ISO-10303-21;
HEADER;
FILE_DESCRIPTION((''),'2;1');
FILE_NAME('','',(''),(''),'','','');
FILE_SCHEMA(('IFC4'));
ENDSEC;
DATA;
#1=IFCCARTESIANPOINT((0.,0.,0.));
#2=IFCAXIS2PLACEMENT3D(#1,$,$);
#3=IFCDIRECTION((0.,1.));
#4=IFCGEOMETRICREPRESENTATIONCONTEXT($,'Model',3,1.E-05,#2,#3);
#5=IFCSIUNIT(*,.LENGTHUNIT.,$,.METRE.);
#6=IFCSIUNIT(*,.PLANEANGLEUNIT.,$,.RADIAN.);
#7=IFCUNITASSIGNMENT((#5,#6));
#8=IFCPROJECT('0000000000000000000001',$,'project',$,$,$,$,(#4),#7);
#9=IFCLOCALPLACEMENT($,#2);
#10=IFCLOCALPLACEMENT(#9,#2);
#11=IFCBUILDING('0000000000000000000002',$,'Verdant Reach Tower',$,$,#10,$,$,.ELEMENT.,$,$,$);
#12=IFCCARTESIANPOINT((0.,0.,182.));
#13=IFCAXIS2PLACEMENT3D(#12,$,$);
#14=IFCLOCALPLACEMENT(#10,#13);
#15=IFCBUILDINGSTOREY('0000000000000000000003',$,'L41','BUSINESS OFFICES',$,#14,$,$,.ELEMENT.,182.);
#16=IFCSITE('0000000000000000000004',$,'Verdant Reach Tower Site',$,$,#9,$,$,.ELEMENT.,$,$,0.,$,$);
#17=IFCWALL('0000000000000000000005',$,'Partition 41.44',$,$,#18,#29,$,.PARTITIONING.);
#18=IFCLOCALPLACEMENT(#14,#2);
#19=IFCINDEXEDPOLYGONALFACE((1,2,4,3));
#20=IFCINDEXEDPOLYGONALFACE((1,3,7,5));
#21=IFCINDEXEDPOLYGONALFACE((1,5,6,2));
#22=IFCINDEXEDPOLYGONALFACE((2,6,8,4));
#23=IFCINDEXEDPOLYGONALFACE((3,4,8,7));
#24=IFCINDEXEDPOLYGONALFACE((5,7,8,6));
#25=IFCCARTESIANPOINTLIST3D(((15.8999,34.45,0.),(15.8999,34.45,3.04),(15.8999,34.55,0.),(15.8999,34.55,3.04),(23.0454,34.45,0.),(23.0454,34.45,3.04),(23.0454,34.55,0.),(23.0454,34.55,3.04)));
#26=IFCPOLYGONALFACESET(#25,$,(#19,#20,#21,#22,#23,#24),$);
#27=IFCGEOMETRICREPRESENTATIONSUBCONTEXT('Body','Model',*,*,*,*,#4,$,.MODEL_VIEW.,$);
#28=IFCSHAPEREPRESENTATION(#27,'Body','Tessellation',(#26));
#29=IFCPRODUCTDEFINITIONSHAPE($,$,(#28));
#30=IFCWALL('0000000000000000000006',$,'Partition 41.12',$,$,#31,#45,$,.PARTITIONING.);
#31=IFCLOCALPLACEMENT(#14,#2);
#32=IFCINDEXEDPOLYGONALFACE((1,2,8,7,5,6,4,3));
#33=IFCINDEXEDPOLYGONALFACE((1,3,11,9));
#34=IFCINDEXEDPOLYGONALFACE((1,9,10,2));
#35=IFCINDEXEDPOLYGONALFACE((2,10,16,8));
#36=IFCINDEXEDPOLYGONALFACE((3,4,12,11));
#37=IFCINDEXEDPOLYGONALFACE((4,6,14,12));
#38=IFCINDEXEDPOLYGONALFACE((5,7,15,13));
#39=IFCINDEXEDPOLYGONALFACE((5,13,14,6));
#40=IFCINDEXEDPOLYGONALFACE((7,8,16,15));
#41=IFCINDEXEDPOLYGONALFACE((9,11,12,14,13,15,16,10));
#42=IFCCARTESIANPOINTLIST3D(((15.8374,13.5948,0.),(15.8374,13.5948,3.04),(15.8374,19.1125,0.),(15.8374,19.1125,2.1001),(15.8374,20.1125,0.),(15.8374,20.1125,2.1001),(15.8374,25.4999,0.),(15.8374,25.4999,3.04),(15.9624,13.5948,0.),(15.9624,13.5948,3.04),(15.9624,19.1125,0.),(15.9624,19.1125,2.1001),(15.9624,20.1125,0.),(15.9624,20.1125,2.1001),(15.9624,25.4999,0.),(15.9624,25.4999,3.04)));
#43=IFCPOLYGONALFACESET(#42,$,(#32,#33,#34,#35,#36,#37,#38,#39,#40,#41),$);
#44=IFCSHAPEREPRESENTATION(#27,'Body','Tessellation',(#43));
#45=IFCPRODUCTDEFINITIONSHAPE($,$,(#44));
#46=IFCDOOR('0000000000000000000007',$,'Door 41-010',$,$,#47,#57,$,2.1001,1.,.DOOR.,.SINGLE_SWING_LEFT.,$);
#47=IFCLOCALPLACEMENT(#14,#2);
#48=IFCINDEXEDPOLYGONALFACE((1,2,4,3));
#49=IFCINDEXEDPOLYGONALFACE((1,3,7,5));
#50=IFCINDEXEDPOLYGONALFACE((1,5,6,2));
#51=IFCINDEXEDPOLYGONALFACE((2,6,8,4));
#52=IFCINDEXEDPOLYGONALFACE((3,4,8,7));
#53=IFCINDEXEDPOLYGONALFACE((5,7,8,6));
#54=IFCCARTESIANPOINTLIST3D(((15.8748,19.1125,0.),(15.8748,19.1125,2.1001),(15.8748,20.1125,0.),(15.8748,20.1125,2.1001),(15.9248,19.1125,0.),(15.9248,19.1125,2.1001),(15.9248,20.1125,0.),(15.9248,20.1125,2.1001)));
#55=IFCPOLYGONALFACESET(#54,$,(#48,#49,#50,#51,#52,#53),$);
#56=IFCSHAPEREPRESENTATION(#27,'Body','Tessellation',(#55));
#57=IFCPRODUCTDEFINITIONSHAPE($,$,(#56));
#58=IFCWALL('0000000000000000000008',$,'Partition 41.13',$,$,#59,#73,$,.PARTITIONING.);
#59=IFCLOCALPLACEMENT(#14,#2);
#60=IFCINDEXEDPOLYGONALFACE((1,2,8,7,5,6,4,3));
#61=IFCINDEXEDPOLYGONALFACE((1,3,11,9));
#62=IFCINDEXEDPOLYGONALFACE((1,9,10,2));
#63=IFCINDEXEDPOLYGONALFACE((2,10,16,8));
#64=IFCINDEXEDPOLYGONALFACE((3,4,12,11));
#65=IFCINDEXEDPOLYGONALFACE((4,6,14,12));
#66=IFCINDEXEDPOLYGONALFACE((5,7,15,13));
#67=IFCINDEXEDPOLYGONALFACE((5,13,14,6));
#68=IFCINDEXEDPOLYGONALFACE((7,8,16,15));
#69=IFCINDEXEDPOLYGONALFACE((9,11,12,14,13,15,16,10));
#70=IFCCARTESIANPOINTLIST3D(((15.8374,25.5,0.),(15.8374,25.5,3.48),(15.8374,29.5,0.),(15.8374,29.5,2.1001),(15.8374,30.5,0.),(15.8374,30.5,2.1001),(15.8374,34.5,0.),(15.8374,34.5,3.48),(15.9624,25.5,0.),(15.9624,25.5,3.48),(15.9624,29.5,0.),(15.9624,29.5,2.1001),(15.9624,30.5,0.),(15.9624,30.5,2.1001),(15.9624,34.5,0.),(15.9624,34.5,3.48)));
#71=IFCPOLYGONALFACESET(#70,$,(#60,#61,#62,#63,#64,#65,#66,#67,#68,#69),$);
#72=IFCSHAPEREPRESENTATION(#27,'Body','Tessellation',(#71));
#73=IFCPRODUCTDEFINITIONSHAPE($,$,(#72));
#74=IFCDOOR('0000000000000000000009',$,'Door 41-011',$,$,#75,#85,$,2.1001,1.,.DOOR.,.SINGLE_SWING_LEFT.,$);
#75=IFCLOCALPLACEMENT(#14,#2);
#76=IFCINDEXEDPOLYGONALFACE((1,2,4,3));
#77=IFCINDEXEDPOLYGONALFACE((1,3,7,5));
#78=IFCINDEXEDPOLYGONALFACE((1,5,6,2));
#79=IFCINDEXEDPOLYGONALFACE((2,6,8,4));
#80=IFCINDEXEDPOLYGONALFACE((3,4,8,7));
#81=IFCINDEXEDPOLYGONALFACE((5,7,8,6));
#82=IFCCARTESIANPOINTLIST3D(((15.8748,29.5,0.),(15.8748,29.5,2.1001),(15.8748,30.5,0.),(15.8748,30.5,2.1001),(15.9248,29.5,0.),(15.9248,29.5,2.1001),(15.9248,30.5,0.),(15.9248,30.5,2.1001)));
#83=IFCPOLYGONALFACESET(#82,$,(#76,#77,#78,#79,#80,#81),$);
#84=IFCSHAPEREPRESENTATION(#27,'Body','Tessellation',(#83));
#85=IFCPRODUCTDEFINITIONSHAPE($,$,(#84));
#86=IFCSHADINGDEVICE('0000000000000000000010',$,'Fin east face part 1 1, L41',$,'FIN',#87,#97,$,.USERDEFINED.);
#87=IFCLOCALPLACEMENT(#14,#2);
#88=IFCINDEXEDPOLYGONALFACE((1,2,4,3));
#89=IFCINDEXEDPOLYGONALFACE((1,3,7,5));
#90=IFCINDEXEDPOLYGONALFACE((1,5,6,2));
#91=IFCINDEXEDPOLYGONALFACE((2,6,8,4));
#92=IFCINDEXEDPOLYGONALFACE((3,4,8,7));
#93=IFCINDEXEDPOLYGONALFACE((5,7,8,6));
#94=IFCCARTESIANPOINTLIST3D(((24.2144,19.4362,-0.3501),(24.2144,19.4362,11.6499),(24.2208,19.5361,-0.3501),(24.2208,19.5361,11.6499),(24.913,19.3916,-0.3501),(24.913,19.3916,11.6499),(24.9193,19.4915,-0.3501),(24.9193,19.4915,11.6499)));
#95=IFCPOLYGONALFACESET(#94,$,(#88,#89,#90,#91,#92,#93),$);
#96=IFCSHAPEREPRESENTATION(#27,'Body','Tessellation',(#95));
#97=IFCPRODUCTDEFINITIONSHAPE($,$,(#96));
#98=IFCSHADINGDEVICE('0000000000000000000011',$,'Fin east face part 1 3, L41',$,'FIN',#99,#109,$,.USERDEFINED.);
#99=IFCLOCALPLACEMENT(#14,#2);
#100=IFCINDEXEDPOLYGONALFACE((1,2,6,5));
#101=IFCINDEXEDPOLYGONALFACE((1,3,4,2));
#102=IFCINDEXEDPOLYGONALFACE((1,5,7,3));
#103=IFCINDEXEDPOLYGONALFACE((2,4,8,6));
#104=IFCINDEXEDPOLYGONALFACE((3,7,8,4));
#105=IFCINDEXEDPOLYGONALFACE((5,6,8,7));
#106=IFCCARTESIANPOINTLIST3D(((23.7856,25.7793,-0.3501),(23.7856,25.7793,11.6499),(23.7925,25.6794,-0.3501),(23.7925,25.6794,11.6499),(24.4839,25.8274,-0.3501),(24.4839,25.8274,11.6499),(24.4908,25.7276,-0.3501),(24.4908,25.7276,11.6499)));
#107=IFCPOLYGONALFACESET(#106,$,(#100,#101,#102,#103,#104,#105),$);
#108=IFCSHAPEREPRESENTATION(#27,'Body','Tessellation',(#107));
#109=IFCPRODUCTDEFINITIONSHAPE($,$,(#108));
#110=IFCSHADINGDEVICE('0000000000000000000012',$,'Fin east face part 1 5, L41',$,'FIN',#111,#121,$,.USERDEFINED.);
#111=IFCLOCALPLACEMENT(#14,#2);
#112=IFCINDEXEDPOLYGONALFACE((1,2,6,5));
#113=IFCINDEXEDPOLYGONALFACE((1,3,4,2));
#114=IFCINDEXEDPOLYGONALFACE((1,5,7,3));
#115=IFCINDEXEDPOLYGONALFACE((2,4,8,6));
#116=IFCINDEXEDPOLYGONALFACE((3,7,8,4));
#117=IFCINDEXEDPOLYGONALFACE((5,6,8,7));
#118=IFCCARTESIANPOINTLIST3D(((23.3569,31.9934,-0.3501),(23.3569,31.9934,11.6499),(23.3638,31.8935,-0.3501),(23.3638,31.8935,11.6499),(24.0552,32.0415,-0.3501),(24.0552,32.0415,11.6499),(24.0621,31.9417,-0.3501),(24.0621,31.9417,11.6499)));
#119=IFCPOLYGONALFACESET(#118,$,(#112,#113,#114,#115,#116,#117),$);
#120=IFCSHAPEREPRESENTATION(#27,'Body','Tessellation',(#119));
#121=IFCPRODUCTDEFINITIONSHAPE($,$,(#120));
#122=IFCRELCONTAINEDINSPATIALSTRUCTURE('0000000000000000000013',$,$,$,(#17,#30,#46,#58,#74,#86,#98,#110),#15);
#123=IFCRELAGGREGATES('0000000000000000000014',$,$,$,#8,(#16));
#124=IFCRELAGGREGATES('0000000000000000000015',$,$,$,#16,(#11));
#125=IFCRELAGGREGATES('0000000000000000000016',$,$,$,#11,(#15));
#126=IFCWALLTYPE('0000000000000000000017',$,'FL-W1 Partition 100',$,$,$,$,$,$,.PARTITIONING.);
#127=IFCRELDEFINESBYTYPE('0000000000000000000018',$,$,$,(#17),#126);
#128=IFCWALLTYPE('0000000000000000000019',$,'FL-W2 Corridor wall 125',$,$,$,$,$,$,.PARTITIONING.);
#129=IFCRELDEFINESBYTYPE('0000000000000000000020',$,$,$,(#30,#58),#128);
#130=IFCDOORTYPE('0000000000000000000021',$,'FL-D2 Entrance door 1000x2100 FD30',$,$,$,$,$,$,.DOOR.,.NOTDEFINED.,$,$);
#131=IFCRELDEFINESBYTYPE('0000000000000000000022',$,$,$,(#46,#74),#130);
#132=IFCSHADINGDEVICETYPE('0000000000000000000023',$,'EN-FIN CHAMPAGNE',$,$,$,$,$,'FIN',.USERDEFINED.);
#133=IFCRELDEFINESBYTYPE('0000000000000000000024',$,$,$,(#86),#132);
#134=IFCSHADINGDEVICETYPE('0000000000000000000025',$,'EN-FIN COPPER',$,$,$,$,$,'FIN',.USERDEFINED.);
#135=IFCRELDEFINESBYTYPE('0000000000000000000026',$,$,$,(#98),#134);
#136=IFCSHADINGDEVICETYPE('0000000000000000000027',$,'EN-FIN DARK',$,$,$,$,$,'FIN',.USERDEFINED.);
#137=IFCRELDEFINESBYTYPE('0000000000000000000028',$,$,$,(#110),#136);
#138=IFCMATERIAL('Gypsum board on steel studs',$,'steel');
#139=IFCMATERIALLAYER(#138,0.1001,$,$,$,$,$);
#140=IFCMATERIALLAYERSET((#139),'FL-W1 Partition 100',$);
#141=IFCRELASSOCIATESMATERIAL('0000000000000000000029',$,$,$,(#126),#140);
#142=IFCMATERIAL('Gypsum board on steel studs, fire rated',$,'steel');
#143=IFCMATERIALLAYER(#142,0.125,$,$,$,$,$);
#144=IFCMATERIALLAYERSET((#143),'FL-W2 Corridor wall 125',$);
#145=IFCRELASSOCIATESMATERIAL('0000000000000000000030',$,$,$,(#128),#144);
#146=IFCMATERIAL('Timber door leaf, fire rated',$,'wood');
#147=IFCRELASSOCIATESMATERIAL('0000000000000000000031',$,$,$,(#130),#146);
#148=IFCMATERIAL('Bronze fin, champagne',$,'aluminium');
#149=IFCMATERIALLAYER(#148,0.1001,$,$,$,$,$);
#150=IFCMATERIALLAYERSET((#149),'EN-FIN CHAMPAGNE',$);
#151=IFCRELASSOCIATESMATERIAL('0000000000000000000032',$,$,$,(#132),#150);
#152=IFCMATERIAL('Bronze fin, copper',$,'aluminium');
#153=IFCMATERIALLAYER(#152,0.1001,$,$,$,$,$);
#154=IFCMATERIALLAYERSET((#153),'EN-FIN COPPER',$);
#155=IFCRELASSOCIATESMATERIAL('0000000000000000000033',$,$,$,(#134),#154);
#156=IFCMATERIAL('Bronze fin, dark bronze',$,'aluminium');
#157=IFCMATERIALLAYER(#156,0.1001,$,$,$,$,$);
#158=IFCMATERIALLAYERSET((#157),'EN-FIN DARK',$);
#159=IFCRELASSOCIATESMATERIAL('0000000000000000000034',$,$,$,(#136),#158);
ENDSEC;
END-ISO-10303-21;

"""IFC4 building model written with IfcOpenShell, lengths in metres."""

from ifc_helpers import new_model, si_unit, direction, frame, frame_2d, origin, origin_2d, place, context, subcontext, project, spatial, rectangle, extrude, material, layer, layer_set, type_object, element, fill, save


model = new_model("IFC4")

# Units and contexts
model_context = context("Model", 3, precision=1e-05, world=origin(), true_north=direction((0.0, 1.0)))
body_context = subcontext(model_context, "Body", "Model", "MODEL_VIEW")
ifc_project = project(units=[si_unit("LENGTHUNIT", "METRE"), si_unit("PLANEANGLEUNIT", "RADIAN")], contexts=[model_context])

# Site, building, storey
site_placement = place(None, origin())
site = spatial("IfcSite", under=ifc_project, at=site_placement, Name="Verdant Reach Tower Site", CompositionType="ELEMENT", RefElevation=0.0)
building_placement = place(site_placement, origin())
building = spatial("IfcBuilding", under=site, at=building_placement, Name="Verdant Reach Tower", CompositionType="ELEMENT")
storey_placement = place(building_placement, frame((0.0, 0.0, 182.0)))
storey = spatial("IfcBuildingStorey", under=building, at=storey_placement, Name="L41", Description="BUSINESS OFFICES", CompositionType="ELEMENT", Elevation=182.0)

# Wall
ifc_material_1 = material(Name="Gypsum board on steel studs", Category="steel")
ifc_layer_1 = layer(ifc_material_1, 0.1001)
ifc_layer_set_1 = layer_set([ifc_layer_1], Name="FL-W1 Partition 100")
wall_type_1 = type_object("IfcWallType", Name="FL-W1 Partition 100", PredefinedType="PARTITIONING", material=ifc_layer_set_1)
wall_1_placement = place(storey_placement, frame((23.0454, 34.5, 0.0), z_axis=(0.0, 0.0, 1.0), x_axis=(-1.0, 0.0, 0.0)))
element("IfcWall", 1, at=wall_1_placement, inside=storey, type_object=wall_type_1, Name="Partition 41.44", PredefinedType="PARTITIONING", context=body_context, shape_type="SweptSolid", body=[
    extrude(rectangle(XDim=7.1455, YDim=0.1001, at=frame_2d((3.5728, 0.0))), origin(), (0.0, 0.0, 1.0), 3.04),
])

# Walls, openings, doors
ifc_material_2 = material(Name="Gypsum board on steel studs, fire rated", Category="steel")
ifc_layer_2 = layer(ifc_material_2, 0.125)
ifc_layer_set_2 = layer_set([ifc_layer_2], Name="FL-W2 Corridor wall 125")
wall_type_2 = type_object("IfcWallType", Name="FL-W2 Corridor wall 125", PredefinedType="PARTITIONING", material=ifc_layer_set_2)
wall_2_placement = place(storey_placement, frame((15.8999, 25.5, 0.0), z_axis=(0.0, 0.0, 1.0), x_axis=(0.0, -1.0, 0.0)))
wall_2 = element("IfcWall", 2, at=wall_2_placement, inside=storey, type_object=wall_type_2, Name="Partition 41.12", PredefinedType="PARTITIONING", context=body_context, shape_type="SweptSolid", body=[
    extrude(rectangle(XDim=11.905, YDim=0.125, at=frame_2d((5.9526, 0.0))), origin(), (0.0, 0.0, 1.0), 3.04),
])
opening_1_placement = place(wall_2_placement, frame((5.3875, 0.0, 0.0)))
opening_1 = element("IfcOpeningElement", 3, at=opening_1_placement, cuts=wall_2, PredefinedType="OPENING", context=body_context, shape_type="SweptSolid", body=[
    extrude(rectangle(XDim=1.0, YDim=2.1001, at=frame_2d((0.5, 1.05))), frame((0.0, 0.0725, 0.0), z_axis=(0.0, -1.0, 0.0), x_axis=(1.0, 0.0, 0.0)), (0.0, 0.0, 1.0), 0.145),
])
ifc_material_3 = material(Name="Timber door leaf, fire rated", Category="wood")
door_type = type_object("IfcDoorType", Name="FL-D2 Entrance door 1000x2100 FD30", OperationType="NOTDEFINED", PredefinedType="DOOR", material=ifc_material_3)
door_1_placement = place(opening_1_placement, origin())
door_1 = element("IfcDoor", 4, at=door_1_placement, inside=storey, type_object=door_type, Name="Door 41-010", OperationType="SINGLE_SWING_LEFT", OverallHeight=2.1001, OverallWidth=1.0, PredefinedType="DOOR", context=body_context, shape_type="SweptSolid", body=[
    extrude(rectangle(XDim=1.0, YDim=2.1001, at=frame_2d((0.5, 1.05))), frame((0.0, 0.0249, 0.0), z_axis=(0.0, -1.0, 0.0), x_axis=(1.0, 0.0, 0.0)), (0.0, 0.0, 1.0), 0.05),
])
fill(opening_1, door_1)
wall_3_placement = place(storey_placement, frame((15.8999, 34.5, 0.0), z_axis=(0.0, 0.0, 1.0), x_axis=(0.0, -1.0, 0.0)))
wall_3 = element("IfcWall", 5, at=wall_3_placement, inside=storey, type_object=wall_type_2, Name="Partition 41.13", PredefinedType="PARTITIONING", context=body_context, shape_type="SweptSolid", body=[
    extrude(rectangle(XDim=9.0, YDim=0.125, at=frame_2d((4.5, 0.0))), origin(), (0.0, 0.0, 1.0), 3.48),
])
opening_2_placement = place(wall_3_placement, frame((4.0, 0.0, 0.0)))
opening_2 = element("IfcOpeningElement", 6, at=opening_2_placement, cuts=wall_3, PredefinedType="OPENING", context=body_context, shape_type="SweptSolid", body=[
    extrude(rectangle(XDim=1.0, YDim=2.1001, at=frame_2d((0.5, 1.05))), frame((0.0, 0.0725, 0.0), z_axis=(0.0, -1.0, 0.0), x_axis=(1.0, 0.0, 0.0)), (0.0, 0.0, 1.0), 0.145),
])
door_2_placement = place(opening_2_placement, origin())
door_2 = element("IfcDoor", 7, at=door_2_placement, inside=storey, type_object=door_type, Name="Door 41-011", OperationType="SINGLE_SWING_LEFT", OverallHeight=2.1001, OverallWidth=1.0, PredefinedType="DOOR", context=body_context, shape_type="SweptSolid", body=[
    extrude(rectangle(XDim=1.0, YDim=2.1001, at=frame_2d((0.5, 1.05))), frame((0.0, 0.0249, 0.0), z_axis=(0.0, -1.0, 0.0), x_axis=(1.0, 0.0, 0.0)), (0.0, 0.0, 1.0), 0.05),
])
fill(opening_2, door_2)

# Shading devices
ifc_material_4 = material(Name="Bronze fin, champagne", Category="aluminium")
ifc_layer_3 = layer(ifc_material_4, 0.1001)
ifc_layer_set_3 = layer_set([ifc_layer_3], Name="EN-FIN CHAMPAGNE")
shading_device_type_1 = type_object("IfcShadingDeviceType", Name="EN-FIN CHAMPAGNE", ElementType="FIN", PredefinedType="USERDEFINED", material=ifc_layer_set_3)
shading_device_1_placement = place(storey_placement, frame((24.5669, 19.4639, -0.3501), z_axis=(0.0, 0.0, 1.0), x_axis=(0.063699, 0.997969, 0.0)))
element("IfcShadingDevice", 8, at=shading_device_1_placement, inside=storey, type_object=shading_device_type_1, Name="Fin east face part 1 1, L41", ObjectType="FIN", PredefinedType="USERDEFINED", context=body_context, shape_type="SweptSolid", body=[
    extrude(rectangle(XDim=0.1001, YDim=0.7, at=origin_2d()), origin(), (0.0, 0.0, 1.0), 12.0),
])
ifc_material_5 = material(Name="Bronze fin, copper", Category="aluminium")
ifc_layer_4 = layer(ifc_material_5, 0.1001)
ifc_layer_set_4 = layer_set([ifc_layer_4], Name="EN-FIN COPPER")
shading_device_type_2 = type_object("IfcShadingDeviceType", Name="EN-FIN COPPER", ElementType="FIN", PredefinedType="USERDEFINED", material=ifc_layer_set_4)
shading_device_2_placement = place(storey_placement, frame((24.1382, 25.7534, -0.3501), z_axis=(0.0, 0.0, 1.0), x_axis=(-0.068802, 0.99763, 0.0)))
element("IfcShadingDevice", 9, at=shading_device_2_placement, inside=storey, type_object=shading_device_type_2, Name="Fin east face part 1 3, L41", ObjectType="FIN", PredefinedType="USERDEFINED", context=body_context, shape_type="SweptSolid", body=[
    extrude(rectangle(XDim=0.1001, YDim=0.7, at=origin_2d()), origin(), (0.0, 0.0, 1.0), 12.0),
])
ifc_material_6 = material(Name="Bronze fin, dark bronze", Category="aluminium")
ifc_layer_5 = layer(ifc_material_6, 0.1001)
ifc_layer_set_5 = layer_set([ifc_layer_5], Name="EN-FIN DARK")
shading_device_type_3 = type_object("IfcShadingDeviceType", Name="EN-FIN DARK", ElementType="FIN", PredefinedType="USERDEFINED", material=ifc_layer_set_5)
shading_device_3_placement = place(storey_placement, frame((23.7095, 31.9675, -0.3501), z_axis=(0.0, 0.0, 1.0), x_axis=(-0.068802, 0.99763, 0.0)))
element("IfcShadingDevice", 10, at=shading_device_3_placement, inside=storey, type_object=shading_device_type_3, Name="Fin east face part 1 5, L41", ObjectType="FIN", PredefinedType="USERDEFINED", context=body_context, shape_type="SweptSolid", body=[
    extrude(rectangle(XDim=0.1001, YDim=0.7, at=origin_2d()), origin(), (0.0, 0.0, 1.0), 12.0),
])

save(model, "model.ifc")
